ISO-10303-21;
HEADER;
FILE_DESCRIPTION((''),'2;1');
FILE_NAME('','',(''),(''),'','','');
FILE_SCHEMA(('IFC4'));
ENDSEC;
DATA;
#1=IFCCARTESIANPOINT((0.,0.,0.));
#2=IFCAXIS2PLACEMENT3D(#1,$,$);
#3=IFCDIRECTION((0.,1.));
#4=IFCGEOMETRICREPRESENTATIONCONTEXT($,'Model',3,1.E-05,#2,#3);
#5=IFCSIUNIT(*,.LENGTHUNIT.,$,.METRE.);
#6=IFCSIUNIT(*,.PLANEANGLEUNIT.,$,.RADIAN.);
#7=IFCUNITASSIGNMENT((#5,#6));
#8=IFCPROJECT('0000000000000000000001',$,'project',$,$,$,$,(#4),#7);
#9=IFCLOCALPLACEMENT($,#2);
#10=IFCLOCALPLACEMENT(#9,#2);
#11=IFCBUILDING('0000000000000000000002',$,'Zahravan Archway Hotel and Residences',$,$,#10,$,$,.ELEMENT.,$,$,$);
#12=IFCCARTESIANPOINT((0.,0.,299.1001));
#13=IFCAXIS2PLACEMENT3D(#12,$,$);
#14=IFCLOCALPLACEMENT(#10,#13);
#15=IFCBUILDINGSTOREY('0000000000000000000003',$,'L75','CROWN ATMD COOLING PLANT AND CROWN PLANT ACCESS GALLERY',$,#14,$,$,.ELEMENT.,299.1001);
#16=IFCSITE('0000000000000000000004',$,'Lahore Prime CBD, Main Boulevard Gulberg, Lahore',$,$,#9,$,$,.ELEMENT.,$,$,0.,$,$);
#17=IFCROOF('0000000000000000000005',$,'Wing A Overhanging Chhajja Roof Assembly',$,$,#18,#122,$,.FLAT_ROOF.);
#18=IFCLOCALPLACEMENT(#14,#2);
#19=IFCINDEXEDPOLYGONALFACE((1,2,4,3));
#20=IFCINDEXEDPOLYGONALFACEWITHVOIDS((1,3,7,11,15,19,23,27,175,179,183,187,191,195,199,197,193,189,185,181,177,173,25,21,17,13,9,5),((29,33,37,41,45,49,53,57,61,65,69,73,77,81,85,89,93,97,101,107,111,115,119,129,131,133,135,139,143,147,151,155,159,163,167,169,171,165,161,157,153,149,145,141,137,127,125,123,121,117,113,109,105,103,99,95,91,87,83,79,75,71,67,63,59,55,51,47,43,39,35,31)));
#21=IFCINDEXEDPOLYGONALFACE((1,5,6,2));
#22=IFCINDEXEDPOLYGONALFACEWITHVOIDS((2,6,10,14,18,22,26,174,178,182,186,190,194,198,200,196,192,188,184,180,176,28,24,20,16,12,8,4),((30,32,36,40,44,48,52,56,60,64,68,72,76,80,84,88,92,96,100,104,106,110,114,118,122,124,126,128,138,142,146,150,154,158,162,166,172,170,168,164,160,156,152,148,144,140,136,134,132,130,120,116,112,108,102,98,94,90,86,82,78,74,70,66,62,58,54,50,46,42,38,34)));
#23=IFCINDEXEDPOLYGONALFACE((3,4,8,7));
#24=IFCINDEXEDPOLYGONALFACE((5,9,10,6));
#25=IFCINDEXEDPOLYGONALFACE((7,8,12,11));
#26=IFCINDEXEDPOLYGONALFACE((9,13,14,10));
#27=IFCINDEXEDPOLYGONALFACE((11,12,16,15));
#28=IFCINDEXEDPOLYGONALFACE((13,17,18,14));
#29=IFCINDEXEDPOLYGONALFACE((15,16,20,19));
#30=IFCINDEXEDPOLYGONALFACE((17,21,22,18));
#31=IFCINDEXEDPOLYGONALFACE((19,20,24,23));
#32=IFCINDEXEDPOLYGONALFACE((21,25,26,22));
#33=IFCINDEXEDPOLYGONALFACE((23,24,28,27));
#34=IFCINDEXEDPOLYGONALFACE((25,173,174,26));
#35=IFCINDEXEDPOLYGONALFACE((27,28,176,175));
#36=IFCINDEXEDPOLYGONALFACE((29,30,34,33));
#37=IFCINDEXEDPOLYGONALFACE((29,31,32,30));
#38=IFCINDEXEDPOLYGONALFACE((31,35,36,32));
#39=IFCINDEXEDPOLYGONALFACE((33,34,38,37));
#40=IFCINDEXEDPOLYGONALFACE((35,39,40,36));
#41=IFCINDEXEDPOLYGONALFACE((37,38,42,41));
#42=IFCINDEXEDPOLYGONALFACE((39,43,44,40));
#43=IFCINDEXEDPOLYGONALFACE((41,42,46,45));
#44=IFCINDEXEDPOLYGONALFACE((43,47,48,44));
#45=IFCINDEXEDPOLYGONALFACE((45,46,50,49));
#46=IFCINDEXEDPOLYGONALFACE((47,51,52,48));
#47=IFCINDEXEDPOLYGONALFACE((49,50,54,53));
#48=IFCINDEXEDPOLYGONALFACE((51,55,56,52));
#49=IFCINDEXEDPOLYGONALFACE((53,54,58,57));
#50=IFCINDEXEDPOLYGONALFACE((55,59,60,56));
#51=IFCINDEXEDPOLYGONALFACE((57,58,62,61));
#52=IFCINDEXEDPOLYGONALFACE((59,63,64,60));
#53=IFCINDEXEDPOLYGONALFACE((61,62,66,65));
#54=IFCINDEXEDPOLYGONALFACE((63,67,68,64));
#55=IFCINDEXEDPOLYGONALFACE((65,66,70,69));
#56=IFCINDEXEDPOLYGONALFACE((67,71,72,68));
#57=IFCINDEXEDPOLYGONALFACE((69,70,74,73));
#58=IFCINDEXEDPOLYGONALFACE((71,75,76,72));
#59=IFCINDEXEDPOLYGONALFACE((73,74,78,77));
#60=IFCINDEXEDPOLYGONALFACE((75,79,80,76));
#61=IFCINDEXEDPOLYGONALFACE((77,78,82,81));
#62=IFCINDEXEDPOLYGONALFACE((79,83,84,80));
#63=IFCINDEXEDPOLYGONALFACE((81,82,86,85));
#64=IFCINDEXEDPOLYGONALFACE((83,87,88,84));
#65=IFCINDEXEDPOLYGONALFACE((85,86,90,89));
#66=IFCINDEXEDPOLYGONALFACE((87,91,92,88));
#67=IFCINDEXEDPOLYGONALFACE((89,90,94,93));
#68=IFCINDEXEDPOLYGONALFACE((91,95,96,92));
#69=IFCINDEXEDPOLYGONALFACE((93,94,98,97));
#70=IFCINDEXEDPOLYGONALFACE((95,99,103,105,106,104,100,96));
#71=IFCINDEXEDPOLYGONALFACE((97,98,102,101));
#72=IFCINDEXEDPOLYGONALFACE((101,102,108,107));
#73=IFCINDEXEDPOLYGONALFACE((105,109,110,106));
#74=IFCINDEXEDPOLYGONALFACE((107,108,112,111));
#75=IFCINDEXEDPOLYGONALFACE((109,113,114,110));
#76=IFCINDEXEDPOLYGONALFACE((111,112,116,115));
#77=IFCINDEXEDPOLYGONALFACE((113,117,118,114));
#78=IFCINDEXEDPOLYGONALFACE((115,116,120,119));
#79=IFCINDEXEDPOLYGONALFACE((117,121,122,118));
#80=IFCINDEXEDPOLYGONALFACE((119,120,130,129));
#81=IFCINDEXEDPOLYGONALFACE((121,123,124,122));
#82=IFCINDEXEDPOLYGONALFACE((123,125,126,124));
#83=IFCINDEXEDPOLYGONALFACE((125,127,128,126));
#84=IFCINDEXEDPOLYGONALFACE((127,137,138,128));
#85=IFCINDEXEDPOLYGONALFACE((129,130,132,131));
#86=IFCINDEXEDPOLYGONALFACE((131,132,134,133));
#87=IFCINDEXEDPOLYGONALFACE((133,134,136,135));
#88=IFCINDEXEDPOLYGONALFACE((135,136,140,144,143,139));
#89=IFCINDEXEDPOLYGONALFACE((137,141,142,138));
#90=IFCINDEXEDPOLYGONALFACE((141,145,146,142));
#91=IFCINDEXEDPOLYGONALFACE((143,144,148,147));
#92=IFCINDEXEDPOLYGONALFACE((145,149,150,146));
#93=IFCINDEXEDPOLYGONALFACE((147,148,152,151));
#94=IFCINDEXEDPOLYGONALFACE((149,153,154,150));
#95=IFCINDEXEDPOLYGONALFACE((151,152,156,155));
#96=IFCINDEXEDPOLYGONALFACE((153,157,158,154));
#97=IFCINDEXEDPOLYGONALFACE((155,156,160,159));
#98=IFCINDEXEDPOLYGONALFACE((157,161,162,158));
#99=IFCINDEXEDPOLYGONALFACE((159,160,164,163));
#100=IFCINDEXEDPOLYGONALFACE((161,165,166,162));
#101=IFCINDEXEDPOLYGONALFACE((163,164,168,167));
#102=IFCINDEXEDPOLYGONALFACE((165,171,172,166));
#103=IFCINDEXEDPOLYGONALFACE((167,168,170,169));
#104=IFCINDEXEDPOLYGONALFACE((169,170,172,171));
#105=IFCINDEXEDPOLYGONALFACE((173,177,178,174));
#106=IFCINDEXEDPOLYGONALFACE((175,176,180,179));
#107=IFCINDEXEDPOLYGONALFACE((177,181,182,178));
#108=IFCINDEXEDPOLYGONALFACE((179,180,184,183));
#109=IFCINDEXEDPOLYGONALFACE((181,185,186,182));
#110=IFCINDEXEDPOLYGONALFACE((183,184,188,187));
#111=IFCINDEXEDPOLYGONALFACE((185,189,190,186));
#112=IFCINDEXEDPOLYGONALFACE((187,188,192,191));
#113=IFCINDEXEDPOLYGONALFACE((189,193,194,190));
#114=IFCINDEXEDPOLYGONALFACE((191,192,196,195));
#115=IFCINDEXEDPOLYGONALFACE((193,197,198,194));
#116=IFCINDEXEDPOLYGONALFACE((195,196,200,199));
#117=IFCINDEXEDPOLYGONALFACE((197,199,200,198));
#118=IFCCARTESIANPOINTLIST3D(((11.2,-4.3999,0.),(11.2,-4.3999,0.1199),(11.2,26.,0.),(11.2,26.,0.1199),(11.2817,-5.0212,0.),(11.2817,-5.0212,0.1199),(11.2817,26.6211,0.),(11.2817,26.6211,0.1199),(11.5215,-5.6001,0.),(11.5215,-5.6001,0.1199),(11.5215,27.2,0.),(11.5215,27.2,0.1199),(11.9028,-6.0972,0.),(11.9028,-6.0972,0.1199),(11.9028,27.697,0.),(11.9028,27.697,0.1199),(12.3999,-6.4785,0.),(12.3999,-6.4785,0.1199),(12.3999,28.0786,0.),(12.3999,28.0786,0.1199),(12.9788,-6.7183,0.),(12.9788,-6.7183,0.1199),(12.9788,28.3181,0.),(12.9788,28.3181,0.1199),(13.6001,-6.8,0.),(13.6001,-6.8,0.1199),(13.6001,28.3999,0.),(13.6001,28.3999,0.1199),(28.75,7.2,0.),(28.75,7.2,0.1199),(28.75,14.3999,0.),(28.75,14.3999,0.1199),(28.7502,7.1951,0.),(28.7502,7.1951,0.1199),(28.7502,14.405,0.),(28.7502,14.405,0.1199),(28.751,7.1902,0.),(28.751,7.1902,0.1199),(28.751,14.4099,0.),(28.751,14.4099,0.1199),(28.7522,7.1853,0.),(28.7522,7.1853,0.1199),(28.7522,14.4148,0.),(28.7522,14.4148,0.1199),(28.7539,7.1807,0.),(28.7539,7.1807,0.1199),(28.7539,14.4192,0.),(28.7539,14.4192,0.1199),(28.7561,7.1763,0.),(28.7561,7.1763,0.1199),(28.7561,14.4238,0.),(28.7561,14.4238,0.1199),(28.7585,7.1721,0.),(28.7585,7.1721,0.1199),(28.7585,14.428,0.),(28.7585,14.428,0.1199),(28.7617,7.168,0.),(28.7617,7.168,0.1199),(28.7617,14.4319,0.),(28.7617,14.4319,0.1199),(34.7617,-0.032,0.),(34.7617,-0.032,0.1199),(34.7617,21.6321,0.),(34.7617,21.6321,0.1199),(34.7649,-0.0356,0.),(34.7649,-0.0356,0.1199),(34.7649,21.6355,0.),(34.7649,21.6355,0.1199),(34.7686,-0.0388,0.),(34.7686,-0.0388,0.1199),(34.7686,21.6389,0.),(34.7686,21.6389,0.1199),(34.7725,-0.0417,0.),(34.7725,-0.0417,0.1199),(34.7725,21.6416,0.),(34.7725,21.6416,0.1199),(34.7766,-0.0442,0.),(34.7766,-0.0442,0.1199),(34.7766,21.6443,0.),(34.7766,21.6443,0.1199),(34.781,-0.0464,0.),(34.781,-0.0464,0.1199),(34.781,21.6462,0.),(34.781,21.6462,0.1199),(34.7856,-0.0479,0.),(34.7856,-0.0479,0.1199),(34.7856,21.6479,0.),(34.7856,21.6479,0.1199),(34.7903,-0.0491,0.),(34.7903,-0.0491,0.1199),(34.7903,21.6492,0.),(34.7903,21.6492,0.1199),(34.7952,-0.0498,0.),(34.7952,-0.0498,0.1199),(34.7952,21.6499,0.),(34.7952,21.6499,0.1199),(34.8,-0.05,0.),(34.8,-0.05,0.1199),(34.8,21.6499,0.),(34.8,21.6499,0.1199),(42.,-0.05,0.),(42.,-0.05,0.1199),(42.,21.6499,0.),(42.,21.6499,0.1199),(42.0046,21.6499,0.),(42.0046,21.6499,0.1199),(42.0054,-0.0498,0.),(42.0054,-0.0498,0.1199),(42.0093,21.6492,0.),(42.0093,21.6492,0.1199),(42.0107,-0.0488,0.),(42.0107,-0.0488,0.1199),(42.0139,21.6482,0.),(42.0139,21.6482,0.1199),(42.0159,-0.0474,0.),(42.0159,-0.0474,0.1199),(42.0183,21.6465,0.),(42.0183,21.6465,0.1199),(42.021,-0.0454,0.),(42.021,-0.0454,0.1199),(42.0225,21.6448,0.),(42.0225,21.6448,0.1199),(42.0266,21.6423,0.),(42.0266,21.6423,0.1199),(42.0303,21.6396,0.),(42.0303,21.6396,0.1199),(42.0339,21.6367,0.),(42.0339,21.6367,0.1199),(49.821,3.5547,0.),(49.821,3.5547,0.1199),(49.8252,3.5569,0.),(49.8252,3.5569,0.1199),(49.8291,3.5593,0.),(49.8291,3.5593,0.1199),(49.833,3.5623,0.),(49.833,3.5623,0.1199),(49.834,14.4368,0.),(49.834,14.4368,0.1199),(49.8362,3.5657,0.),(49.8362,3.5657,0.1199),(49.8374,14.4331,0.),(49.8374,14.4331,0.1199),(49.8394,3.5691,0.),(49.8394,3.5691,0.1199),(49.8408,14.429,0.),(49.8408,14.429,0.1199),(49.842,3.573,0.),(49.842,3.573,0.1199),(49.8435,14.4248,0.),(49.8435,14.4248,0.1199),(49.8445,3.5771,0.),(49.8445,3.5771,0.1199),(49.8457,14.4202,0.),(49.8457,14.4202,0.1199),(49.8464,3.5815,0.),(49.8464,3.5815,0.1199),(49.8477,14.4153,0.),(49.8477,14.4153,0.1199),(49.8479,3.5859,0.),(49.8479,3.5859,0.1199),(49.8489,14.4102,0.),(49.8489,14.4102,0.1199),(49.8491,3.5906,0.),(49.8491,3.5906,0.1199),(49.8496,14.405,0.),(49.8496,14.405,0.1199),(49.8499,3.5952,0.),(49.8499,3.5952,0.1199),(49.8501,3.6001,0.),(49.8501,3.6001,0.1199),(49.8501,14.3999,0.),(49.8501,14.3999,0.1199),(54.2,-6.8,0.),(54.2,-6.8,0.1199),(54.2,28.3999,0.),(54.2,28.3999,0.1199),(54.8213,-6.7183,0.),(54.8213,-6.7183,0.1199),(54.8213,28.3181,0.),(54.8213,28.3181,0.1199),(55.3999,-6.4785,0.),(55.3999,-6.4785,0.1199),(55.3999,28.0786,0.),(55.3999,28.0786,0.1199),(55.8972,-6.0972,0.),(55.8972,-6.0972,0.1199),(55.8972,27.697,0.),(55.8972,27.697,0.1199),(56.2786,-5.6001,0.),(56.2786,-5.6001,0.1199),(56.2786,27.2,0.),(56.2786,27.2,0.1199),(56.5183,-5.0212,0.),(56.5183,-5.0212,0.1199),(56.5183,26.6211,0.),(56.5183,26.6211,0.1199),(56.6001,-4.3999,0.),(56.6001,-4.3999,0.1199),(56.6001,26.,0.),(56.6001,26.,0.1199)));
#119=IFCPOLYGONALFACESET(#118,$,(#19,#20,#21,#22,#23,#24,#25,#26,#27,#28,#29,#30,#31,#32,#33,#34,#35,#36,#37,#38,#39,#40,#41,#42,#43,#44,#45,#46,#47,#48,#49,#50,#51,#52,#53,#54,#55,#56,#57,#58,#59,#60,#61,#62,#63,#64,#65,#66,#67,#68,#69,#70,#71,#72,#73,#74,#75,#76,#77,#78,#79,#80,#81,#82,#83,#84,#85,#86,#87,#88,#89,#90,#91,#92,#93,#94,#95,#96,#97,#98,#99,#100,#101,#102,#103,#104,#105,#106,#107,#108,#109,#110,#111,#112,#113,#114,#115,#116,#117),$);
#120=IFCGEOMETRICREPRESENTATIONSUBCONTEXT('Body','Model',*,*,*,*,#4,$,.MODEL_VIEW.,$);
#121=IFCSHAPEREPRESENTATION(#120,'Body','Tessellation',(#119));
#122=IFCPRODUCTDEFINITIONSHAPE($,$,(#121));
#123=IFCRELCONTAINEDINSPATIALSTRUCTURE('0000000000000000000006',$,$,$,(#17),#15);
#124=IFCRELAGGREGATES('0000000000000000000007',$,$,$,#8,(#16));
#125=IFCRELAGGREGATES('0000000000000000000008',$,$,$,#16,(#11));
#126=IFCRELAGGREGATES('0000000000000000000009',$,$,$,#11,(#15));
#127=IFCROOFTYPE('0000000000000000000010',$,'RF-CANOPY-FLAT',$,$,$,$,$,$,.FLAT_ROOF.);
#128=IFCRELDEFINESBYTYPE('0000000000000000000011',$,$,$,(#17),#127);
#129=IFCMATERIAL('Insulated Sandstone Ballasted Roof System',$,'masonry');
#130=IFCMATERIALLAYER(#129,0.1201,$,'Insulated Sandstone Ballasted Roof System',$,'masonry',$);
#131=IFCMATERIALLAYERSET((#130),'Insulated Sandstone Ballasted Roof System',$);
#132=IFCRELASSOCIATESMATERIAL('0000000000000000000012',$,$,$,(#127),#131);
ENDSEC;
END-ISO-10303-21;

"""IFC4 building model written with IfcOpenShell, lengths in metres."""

from ifc_helpers import new_model, si_unit, direction, frame, origin, place, context, subcontext, project, spatial, polyline, outline, extrude, material, layer, layer_set, type_object, element, save


model = new_model("IFC4")

# Units and contexts
model_context = context("Model", 3, precision=1e-05, world=origin(), true_north=direction((0.0, 1.0)))
body_context = subcontext(model_context, "Body", "Model", "MODEL_VIEW")
ifc_project = project(units=[si_unit("LENGTHUNIT", "METRE"), si_unit("PLANEANGLEUNIT", "RADIAN")], contexts=[model_context])

# Site, building, storey
site_placement = place(None, origin())
site = spatial("IfcSite", under=ifc_project, at=site_placement, Name="Lahore Prime CBD, Main Boulevard Gulberg, Lahore", CompositionType="ELEMENT", RefElevation=0.0)
building_placement = place(site_placement, origin())
building = spatial("IfcBuilding", under=site, at=building_placement, Name="Zahravan Archway Hotel and Residences", CompositionType="ELEMENT")
storey_placement = place(building_placement, frame((0.0, 0.0, 299.1001)))
storey = spatial("IfcBuildingStorey", under=building, at=storey_placement, Name="L75", Description="CROWN ATMD COOLING PLANT AND CROWN PLANT ACCESS GALLERY", CompositionType="ELEMENT", Elevation=299.1001)

# Roof
ifc_material_1 = material(Name="Insulated Sandstone Ballasted Roof System", Category="masonry")
ifc_layer_1 = layer(ifc_material_1, 0.1201, Name="Insulated Sandstone Ballasted Roof System", Category="masonry")
ifc_layer_set_1 = layer_set([ifc_layer_1], Name="Insulated Sandstone Ballasted Roof System")
roof_type = type_object("IfcRoofType", Name="RF-CANOPY-FLAT", PredefinedType="FLAT_ROOF", material=ifc_layer_set_1)
roof_placement = place(storey_placement, origin())
element("IfcRoof", 1, at=roof_placement, inside=storey, type_object=roof_type, Name="Wing A Overhanging Chhajja Roof Assembly", PredefinedType="FLAT_ROOF", context=body_context, shape_type="SweptSolid", body=[
    extrude(outline(polyline([(13.6001, -6.8), (12.9788, -6.7183), (12.3999, -6.4785), (11.9028, -6.0972), (11.5215, -5.6001), (11.2817, -5.0212), (11.2, -4.3999), (11.2, 26.0), (11.2817, 26.6211), (11.5215, 27.2), (11.9028, 27.697), (12.3999, 28.0786), (12.9788, 28.3181), (13.6001, 28.3999), (54.2, 28.3999), (54.8213, 28.3181), (55.3999, 28.0786), (55.8972, 27.697), (56.2786, 27.2), (56.5183, 26.6211), (56.6001, 26.0), (56.6001, -4.3999), (56.5183, -5.0212), (56.2786, -5.6001), (55.8972, -6.0972), (55.3999, -6.4785), (54.8213, -6.7183), (54.2, -6.8), (13.6001, -6.8)]), holes=[polyline([(34.7649, -0.0356), (34.7686, -0.0388), (34.7725, -0.0417), (34.7766, -0.0442), (34.781, -0.0464), (34.7856, -0.0479), (34.7903, -0.0491), (34.7952, -0.0498), (34.8, -0.05), (42.0, -0.05), (42.0054, -0.0498), (42.0107, -0.0488), (42.0159, -0.0474), (42.021, -0.0454), (49.821, 3.5547), (49.8252, 3.5569), (49.8291, 3.5593), (49.833, 3.5623), (49.8362, 3.5657), (49.8394, 3.5691), (49.842, 3.573), (49.8445, 3.5771), (49.8464, 3.5815), (49.8479, 3.5859), (49.8491, 3.5906), (49.8499, 3.5952), (49.8501, 3.6001), (49.8501, 14.3999), (49.8496, 14.405), (49.8489, 14.4102), (49.8477, 14.4153), (49.8457, 14.4202), (49.8435, 14.4248), (49.8408, 14.429), (49.8374, 14.4331), (49.834, 14.4368), (42.0339, 21.6367), (42.0303, 21.6396), (42.0266, 21.6423), (42.0225, 21.6448), (42.0183, 21.6465), (42.0139, 21.6482), (42.0093, 21.6492), (42.0046, 21.6499), (42.0, 21.6499), (34.8, 21.6499), (34.7952, 21.6499), (34.7903, 21.6492), (34.7856, 21.6479), (34.781, 21.6462), (34.7766, 21.6443), (34.7725, 21.6416), (34.7686, 21.6389), (34.7649, 21.6355), (34.7617, 21.6321), (28.7617, 14.4319), (28.7585, 14.428), (28.7561, 14.4238), (28.7539, 14.4192), (28.7522, 14.4148), (28.751, 14.4099), (28.7502, 14.405), (28.75, 14.3999), (28.75, 7.2), (28.7502, 7.1951), (28.751, 7.1902), (28.7522, 7.1853), (28.7539, 7.1807), (28.7561, 7.1763), (28.7585, 7.1721), (28.7617, 7.168), (34.7617, -0.032), (34.7649, -0.0356)])]), origin(), (0.0, 0.0, 1.0), 0.1199),
])

save(model, "model.ifc")
